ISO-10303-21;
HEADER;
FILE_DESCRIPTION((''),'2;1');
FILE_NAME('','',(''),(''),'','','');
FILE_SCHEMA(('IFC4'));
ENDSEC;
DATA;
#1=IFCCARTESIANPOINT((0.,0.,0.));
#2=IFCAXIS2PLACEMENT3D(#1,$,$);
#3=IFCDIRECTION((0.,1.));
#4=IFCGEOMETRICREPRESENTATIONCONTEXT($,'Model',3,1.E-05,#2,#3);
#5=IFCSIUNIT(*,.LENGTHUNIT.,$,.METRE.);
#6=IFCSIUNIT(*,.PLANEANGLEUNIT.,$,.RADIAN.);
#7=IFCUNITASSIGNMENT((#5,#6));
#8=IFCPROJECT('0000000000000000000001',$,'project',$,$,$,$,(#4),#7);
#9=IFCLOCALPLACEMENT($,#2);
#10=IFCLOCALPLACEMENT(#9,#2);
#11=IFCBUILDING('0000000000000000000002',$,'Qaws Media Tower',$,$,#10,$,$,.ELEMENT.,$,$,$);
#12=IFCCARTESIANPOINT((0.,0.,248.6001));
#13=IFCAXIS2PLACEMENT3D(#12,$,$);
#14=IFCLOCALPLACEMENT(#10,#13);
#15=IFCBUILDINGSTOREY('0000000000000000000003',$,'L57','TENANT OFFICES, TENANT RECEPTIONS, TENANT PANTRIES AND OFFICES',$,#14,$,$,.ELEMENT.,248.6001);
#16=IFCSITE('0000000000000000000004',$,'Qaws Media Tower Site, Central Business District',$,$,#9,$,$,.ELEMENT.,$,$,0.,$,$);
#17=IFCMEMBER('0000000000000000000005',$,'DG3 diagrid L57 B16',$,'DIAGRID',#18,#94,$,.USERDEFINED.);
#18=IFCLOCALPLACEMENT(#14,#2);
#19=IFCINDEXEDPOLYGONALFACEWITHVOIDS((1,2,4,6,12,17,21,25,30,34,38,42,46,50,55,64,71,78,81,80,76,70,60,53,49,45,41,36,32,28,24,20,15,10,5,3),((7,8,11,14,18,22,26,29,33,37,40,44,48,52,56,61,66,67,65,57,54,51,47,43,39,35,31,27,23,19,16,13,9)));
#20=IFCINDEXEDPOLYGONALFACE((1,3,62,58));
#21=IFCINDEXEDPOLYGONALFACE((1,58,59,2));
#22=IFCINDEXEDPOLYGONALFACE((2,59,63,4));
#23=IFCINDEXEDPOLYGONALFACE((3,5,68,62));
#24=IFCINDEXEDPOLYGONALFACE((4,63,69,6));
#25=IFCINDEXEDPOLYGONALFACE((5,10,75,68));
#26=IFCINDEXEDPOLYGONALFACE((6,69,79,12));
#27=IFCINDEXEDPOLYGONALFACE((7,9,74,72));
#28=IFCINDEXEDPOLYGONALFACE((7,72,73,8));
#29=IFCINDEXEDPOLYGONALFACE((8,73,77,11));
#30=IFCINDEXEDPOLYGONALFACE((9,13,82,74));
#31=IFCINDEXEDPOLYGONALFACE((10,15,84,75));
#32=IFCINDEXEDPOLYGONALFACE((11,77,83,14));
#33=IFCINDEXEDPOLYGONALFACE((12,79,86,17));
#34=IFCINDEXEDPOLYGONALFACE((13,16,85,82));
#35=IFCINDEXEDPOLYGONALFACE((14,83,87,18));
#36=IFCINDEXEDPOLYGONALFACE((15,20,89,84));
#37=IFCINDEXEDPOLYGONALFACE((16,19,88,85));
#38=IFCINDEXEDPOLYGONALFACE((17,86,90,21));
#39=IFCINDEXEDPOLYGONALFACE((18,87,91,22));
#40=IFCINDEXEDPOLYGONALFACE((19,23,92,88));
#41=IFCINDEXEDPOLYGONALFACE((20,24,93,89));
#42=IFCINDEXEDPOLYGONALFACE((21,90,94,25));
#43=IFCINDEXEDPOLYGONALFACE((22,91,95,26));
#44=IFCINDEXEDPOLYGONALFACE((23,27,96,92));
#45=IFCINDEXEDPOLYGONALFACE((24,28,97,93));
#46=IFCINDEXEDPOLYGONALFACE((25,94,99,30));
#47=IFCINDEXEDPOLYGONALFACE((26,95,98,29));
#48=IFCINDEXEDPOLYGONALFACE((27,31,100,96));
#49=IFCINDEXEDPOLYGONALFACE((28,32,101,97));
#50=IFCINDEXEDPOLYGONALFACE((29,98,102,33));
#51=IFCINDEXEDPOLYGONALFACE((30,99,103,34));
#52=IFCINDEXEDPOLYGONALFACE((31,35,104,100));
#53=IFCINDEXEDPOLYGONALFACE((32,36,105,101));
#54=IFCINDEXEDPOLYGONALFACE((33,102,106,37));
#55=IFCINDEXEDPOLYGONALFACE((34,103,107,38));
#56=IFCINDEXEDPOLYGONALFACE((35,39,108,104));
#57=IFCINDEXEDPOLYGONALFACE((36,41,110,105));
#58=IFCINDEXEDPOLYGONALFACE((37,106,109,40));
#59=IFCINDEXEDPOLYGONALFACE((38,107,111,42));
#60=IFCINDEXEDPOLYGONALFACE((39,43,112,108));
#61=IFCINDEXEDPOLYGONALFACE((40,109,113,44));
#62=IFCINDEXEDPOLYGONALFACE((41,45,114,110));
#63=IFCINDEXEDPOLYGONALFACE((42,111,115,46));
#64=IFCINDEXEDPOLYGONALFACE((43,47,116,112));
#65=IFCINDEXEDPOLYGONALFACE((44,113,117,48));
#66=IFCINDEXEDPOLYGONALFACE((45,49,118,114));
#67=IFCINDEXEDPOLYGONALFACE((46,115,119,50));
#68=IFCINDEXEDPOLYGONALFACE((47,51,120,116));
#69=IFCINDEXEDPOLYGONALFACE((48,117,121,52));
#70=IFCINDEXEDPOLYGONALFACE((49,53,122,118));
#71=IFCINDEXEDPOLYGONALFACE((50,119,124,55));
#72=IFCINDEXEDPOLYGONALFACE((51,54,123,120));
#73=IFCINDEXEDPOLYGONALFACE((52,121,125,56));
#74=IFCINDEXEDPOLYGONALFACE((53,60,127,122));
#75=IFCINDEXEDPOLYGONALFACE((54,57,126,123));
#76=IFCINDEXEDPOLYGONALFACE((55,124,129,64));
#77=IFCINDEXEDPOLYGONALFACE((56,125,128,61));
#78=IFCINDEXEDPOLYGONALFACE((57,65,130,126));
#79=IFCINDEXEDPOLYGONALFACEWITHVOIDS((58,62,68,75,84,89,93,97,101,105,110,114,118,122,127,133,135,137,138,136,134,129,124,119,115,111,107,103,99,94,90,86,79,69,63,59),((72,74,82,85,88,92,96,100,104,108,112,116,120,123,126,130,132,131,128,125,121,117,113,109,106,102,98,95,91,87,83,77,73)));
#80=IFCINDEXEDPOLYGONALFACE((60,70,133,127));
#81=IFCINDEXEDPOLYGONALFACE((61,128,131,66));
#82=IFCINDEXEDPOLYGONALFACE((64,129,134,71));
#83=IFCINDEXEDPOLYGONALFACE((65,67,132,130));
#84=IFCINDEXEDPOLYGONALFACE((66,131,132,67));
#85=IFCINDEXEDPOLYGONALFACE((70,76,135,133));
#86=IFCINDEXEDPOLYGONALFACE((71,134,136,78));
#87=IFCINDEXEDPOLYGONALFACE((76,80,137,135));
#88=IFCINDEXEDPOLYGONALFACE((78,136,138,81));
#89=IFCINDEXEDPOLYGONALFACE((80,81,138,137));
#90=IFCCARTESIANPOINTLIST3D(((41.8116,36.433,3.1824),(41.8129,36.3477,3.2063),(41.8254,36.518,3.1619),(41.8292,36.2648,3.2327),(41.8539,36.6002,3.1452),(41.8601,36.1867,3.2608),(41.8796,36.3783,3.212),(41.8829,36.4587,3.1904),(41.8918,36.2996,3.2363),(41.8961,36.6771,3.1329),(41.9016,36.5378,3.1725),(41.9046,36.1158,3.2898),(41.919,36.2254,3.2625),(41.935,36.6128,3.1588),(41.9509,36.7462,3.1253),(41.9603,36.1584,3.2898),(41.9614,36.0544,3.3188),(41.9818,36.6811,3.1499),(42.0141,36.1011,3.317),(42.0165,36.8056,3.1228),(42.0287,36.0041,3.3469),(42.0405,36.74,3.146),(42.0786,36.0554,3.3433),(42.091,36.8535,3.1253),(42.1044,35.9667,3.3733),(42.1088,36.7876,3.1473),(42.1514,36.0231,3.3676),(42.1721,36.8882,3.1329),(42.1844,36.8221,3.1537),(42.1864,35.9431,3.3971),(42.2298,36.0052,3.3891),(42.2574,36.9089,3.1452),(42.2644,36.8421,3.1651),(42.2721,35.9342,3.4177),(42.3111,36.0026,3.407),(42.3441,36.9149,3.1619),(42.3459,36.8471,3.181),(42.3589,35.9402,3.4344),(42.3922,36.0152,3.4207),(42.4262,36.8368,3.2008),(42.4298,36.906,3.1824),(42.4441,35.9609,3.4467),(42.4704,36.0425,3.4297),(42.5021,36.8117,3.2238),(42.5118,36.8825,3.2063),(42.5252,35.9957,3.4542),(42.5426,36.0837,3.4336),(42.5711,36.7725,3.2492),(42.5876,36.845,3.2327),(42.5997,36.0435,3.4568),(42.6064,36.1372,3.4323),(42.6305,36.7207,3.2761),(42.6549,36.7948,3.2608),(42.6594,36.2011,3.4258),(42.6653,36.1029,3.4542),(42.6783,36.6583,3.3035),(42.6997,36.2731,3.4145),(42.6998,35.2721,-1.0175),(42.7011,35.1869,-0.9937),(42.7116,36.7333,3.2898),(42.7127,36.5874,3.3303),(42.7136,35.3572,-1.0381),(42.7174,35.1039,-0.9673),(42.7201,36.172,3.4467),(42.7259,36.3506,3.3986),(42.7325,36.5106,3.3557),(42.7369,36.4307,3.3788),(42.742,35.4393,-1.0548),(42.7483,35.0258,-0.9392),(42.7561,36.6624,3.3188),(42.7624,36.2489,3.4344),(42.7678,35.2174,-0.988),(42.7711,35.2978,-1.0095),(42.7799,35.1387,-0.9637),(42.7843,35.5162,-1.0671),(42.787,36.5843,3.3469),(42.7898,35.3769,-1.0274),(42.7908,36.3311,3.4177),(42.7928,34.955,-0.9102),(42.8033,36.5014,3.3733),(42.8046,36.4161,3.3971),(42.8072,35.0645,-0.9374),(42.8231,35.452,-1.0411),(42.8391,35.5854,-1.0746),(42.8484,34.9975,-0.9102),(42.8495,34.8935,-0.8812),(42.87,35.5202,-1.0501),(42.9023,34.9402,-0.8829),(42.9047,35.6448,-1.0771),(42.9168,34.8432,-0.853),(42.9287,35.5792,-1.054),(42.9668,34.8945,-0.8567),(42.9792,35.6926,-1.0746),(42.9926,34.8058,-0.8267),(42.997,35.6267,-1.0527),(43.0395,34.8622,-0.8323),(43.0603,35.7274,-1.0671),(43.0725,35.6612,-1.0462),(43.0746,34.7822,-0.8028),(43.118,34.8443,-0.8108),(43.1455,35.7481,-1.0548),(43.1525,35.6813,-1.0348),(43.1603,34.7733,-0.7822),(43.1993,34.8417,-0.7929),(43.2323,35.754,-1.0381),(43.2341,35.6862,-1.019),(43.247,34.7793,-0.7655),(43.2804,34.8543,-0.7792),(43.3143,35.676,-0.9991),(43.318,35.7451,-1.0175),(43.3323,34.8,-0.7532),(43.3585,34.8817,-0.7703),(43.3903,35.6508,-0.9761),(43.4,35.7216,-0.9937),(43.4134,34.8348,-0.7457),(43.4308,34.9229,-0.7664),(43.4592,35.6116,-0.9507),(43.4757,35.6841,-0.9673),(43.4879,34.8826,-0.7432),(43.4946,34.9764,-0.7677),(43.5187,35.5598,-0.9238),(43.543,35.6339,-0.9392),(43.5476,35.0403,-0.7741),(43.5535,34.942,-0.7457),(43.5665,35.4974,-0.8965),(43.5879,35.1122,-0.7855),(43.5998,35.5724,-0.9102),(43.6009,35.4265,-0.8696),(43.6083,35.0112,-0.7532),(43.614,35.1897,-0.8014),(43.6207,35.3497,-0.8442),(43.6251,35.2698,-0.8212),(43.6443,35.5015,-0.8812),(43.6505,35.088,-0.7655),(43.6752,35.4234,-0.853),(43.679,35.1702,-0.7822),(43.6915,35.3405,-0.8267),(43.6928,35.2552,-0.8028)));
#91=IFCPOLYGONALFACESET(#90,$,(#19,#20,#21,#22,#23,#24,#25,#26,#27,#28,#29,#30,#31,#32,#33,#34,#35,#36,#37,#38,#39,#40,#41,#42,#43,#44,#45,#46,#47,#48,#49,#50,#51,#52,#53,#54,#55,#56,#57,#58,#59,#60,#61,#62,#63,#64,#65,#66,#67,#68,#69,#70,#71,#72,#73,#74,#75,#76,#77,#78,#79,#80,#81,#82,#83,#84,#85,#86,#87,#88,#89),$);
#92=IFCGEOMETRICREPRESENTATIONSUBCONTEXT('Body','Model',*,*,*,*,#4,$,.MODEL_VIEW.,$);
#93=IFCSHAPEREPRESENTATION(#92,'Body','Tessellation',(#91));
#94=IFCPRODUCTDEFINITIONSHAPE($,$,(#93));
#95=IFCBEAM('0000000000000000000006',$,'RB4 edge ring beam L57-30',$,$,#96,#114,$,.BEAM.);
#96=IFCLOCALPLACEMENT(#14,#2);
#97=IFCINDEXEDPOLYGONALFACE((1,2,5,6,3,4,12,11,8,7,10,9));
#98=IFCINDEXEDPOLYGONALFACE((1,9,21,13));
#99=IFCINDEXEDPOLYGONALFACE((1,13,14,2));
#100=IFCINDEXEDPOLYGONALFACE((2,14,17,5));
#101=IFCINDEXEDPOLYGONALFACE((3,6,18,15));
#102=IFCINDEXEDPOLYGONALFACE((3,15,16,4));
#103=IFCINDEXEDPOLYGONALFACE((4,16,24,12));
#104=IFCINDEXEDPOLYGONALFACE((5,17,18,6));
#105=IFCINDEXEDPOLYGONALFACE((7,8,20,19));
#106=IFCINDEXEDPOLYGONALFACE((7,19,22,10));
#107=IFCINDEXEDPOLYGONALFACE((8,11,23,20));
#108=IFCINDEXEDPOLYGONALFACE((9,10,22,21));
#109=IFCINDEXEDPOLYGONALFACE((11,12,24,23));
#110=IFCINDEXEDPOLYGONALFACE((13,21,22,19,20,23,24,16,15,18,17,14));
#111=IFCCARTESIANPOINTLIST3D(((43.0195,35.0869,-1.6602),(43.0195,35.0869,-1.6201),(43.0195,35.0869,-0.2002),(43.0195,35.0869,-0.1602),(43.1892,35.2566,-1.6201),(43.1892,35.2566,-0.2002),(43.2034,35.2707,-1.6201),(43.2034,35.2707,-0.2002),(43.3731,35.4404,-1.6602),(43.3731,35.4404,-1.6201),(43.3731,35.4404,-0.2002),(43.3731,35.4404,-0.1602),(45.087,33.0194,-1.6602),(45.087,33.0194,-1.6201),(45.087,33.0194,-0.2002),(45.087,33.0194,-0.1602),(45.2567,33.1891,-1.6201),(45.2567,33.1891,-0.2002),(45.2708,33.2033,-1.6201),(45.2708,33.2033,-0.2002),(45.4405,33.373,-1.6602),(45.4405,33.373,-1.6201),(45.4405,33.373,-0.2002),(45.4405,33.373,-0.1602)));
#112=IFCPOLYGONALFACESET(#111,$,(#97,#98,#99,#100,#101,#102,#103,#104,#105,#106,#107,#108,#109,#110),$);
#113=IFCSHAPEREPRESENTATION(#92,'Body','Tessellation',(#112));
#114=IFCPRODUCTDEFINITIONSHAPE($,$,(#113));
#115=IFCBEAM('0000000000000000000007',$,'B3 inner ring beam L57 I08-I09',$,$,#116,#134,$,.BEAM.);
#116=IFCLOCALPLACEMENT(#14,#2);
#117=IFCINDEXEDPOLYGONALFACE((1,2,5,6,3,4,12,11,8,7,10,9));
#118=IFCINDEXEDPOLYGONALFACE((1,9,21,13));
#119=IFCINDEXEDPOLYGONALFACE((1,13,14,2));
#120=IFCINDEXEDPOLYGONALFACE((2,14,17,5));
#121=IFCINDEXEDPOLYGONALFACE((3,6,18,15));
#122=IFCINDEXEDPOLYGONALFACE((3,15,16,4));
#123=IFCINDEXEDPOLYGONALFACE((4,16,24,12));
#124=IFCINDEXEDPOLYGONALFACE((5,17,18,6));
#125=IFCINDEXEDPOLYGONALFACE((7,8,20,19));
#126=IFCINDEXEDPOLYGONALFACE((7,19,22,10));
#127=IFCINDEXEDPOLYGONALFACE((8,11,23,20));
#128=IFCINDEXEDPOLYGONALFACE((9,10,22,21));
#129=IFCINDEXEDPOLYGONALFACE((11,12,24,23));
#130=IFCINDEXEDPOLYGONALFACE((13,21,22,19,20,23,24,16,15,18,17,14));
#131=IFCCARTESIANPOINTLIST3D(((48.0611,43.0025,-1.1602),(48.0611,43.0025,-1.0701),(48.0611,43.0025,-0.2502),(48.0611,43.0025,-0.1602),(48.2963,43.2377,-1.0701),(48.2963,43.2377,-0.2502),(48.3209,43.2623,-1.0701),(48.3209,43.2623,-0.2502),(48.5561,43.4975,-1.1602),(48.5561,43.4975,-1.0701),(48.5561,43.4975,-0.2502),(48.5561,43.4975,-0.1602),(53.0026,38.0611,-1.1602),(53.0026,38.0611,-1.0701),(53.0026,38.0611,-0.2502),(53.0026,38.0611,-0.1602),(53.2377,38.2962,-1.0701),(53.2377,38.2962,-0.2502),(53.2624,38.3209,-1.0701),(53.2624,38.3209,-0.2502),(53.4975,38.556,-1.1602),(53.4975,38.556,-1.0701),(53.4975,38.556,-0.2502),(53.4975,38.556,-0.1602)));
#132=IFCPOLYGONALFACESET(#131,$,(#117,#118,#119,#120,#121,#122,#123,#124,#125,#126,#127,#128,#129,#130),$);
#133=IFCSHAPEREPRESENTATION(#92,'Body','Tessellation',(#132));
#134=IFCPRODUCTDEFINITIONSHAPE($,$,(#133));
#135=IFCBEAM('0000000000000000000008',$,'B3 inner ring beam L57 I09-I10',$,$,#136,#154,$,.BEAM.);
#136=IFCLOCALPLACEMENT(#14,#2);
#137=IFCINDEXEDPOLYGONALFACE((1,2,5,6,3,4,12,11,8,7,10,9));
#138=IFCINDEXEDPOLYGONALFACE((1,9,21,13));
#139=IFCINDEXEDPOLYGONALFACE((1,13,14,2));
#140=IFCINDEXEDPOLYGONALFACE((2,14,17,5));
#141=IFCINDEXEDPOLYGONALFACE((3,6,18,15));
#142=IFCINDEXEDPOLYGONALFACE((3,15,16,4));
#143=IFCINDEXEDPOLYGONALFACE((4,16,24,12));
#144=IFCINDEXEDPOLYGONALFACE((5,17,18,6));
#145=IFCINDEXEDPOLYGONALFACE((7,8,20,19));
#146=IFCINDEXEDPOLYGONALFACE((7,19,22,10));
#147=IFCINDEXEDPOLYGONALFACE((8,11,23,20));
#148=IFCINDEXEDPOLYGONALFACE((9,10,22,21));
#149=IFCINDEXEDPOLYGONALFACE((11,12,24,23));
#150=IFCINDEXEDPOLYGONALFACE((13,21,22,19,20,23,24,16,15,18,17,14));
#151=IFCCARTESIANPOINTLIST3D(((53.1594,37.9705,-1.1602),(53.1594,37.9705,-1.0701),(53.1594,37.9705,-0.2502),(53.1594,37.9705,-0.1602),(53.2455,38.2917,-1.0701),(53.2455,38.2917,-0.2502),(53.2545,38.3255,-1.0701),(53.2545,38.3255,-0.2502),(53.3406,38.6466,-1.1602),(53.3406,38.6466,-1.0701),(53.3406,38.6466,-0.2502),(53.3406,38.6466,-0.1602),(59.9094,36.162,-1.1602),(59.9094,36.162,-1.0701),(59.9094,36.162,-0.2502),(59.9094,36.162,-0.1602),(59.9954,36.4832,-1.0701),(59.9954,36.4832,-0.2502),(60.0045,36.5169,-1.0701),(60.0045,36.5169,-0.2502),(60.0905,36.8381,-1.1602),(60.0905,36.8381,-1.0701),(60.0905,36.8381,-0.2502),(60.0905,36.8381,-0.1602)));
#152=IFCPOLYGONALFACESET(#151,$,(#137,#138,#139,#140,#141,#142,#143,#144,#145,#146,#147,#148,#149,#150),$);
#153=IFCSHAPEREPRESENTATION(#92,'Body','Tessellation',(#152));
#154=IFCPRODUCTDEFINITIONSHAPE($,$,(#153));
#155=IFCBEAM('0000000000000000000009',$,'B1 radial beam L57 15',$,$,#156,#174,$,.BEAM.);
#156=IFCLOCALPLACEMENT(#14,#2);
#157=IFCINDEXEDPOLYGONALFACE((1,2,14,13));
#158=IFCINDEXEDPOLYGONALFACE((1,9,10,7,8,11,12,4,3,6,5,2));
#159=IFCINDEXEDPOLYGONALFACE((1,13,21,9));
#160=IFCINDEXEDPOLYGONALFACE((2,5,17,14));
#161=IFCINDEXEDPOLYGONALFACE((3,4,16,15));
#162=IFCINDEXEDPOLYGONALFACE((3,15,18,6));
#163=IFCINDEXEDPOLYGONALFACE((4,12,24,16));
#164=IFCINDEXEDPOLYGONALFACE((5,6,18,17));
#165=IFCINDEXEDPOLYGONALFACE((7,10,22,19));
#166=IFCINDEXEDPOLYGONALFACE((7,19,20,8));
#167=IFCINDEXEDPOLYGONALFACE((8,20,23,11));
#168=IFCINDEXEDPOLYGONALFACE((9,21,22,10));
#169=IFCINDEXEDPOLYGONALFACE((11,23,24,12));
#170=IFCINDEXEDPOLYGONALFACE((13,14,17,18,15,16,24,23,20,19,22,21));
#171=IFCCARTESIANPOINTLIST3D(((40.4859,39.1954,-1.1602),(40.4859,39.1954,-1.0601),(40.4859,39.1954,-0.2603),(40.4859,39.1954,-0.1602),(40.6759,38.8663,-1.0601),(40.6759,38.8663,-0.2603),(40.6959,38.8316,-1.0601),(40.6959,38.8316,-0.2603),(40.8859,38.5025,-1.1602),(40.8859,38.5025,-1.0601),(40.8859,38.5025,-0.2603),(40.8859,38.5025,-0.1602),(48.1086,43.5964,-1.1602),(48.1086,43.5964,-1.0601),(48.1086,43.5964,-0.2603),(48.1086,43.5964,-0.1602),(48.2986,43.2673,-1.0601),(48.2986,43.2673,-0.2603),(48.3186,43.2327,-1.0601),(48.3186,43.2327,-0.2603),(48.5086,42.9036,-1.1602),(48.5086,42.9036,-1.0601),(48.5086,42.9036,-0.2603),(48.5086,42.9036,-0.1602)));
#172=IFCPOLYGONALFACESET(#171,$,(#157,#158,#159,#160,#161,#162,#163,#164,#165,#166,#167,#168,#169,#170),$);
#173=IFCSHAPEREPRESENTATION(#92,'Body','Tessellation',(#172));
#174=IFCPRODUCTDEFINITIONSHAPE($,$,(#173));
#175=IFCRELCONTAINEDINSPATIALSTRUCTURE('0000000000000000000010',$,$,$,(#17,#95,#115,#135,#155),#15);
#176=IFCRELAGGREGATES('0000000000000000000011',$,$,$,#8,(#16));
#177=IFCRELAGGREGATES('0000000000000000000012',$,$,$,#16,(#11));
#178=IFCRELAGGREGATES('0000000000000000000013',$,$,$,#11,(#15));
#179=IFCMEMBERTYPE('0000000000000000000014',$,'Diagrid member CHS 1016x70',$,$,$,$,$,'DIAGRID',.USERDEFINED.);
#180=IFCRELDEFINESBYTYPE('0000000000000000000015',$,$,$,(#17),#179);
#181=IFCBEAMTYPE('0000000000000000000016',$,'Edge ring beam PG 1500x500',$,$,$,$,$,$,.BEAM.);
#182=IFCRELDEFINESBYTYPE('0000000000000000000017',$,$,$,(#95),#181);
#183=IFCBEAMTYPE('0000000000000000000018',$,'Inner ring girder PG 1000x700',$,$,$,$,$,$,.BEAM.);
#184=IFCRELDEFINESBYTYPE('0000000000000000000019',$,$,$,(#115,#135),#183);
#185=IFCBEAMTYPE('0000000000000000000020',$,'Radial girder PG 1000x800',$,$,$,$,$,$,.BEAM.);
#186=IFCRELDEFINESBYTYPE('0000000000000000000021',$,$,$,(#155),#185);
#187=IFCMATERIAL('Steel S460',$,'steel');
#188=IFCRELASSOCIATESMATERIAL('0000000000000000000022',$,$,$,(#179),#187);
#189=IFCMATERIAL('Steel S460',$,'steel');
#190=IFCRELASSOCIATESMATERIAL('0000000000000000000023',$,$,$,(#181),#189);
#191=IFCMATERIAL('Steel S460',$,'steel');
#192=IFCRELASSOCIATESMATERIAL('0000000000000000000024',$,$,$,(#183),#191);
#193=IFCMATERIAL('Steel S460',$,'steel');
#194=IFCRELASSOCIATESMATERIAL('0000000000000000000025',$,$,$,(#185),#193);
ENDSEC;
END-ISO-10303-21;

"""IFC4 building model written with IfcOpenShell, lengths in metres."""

from ifc_helpers import new_model, si_unit, direction, frame, origin, origin_2d, place, context, subcontext, project, spatial, hollow_circle, i_section, extrude, material, material_profile, profile_set, type_object, element, save


model = new_model("IFC4")

# Units and contexts
model_context = context("Model", 3, precision=1e-05, world=origin(), true_north=direction((0.0, 1.0)))
body_context = subcontext(model_context, "Body", "Model", "MODEL_VIEW")
ifc_project = project(units=[si_unit("LENGTHUNIT", "METRE"), si_unit("PLANEANGLEUNIT", "RADIAN")], contexts=[model_context])

# Site, building, storey
site_placement = place(None, origin())
site = spatial("IfcSite", under=ifc_project, at=site_placement, Name="Qaws Media Tower Site, Central Business District", CompositionType="ELEMENT", RefElevation=0.0)
building_placement = place(site_placement, origin())
building = spatial("IfcBuilding", under=site, at=building_placement, Name="Qaws Media Tower", CompositionType="ELEMENT")
storey_placement = place(building_placement, frame((0.0, 0.0, 248.6001)))
storey = spatial("IfcBuildingStorey", under=building, at=storey_placement, Name="L57", Description="TENANT OFFICES, TENANT RECEPTIONS, TENANT PANTRIES AND OFFICES", CompositionType="ELEMENT", Elevation=248.6001)

# Member
ifc_material_1 = material(Name="Steel S460", Category="steel")
ifc_material_profile_1 = material_profile(ifc_material_1, hollow_circle(Radius=0.5081, WallThickness=0.0701, at=origin_2d()), Name="CHS 1016x70")
ifc_profile_set_1 = profile_set([ifc_material_profile_1], Name="Steel S460")
member_type_1 = type_object("IfcMemberType", Name="Diagrid member CHS 1016x70", ElementType="DIAGRID", PredefinedType="USERDEFINED", material=ifc_profile_set_1)
member_1_placement = place(storey_placement, frame((43.1963, 35.2637, -0.9102), z_axis=(-0.199725, 0.261048, 0.944438), x_axis=(-0.794211, -0.607642, 0.0)))
element("IfcMember", 1, at=member_1_placement, inside=storey, type_object=member_type_1, Name="DG3 diagrid L57 B16", ObjectType="DIAGRID", PredefinedType="USERDEFINED", context=body_context, shape_type="SweptSolid", body=[
    extrude(hollow_circle(Radius=0.5081, WallThickness=0.0701, at=origin_2d()), origin(), (0.0, 0.0, 1.0), 4.447),
])

# Beams
ifc_material_2 = material(Name="Steel S460", Category="steel")
ifc_material_profile_2 = material_profile(ifc_material_2, i_section(OverallWidth=0.5, OverallDepth=1.5, WebThickness=0.02, FlangeThickness=0.04, at=origin_2d()), Name="PG 1500x500")
ifc_profile_set_2 = profile_set([ifc_material_profile_2], Name="Steel S460")
beam_type_1 = type_object("IfcBeamType", Name="Edge ring beam PG 1500x500", PredefinedType="BEAM", material=ifc_profile_set_2)
beam_1_placement = place(storey_placement, frame((43.1963, 35.2637, -0.9102), z_axis=(0.707107, -0.707107, 0.0), x_axis=(0.707107, 0.707107, 0.0)))
element("IfcBeam", 2, at=beam_1_placement, inside=storey, type_object=beam_type_1, Name="RB4 edge ring beam L57-30", PredefinedType="BEAM", context=body_context, shape_type="SweptSolid", body=[
    extrude(i_section(OverallWidth=0.5, OverallDepth=1.5, WebThickness=0.02, FlangeThickness=0.04, at=origin_2d()), origin(), (0.0, 0.0, 1.0), 2.9238),
])
ifc_material_3 = material(Name="Steel S460", Category="steel")
ifc_material_profile_3 = material_profile(ifc_material_3, i_section(OverallWidth=0.7, OverallDepth=1.0, WebThickness=0.0349, FlangeThickness=0.0901, at=origin_2d()), Name="PG 1000x700")
ifc_profile_set_3 = profile_set([ifc_material_profile_3], Name="Steel S460")
beam_type_2 = type_object("IfcBeamType", Name="Inner ring girder PG 1000x700", PredefinedType="BEAM", material=ifc_profile_set_3)
beam_2_placement = place(storey_placement, frame((48.3086, 43.25, -0.6602), z_axis=(0.707107, -0.707107, 0.0), x_axis=(0.707107, 0.707107, 0.0)))
element("IfcBeam", 3, at=beam_2_placement, inside=storey, type_object=beam_type_2, Name="B3 inner ring beam L57 I08-I09", PredefinedType="BEAM", context=body_context, shape_type="SweptSolid", body=[
    extrude(i_section(OverallWidth=0.7, OverallDepth=1.0, WebThickness=0.0349, FlangeThickness=0.0901, at=origin_2d()), origin(), (0.0, 0.0, 1.0), 6.9883),
])
beam_3_placement = place(storey_placement, frame((53.25, 38.3086, -0.6602), z_axis=(0.965928, -0.258811, 0.0), x_axis=(0.258811, 0.965928, 0.0)))
element("IfcBeam", 4, at=beam_3_placement, inside=storey, type_object=beam_type_2, Name="B3 inner ring beam L57 I09-I10", PredefinedType="BEAM", context=body_context, shape_type="SweptSolid", body=[
    extrude(i_section(OverallWidth=0.7, OverallDepth=1.0, WebThickness=0.0349, FlangeThickness=0.0901, at=origin_2d()), origin(), (0.0, 0.0, 1.0), 6.988),
])
ifc_material_4 = material(Name="Steel S460", Category="steel")
ifc_material_profile_4 = material_profile(ifc_material_4, i_section(OverallWidth=0.8, OverallDepth=1.0, WebThickness=0.04, FlangeThickness=0.1001, at=origin_2d()), Name="PG 1000x800")
ifc_profile_set_4 = profile_set([ifc_material_profile_4], Name="Steel S460")
beam_type_3 = type_object("IfcBeamType", Name="Radial girder PG 1000x800", PredefinedType="BEAM", material=ifc_profile_set_4)
beam_4_placement = place(storey_placement, frame((48.3086, 43.25, -0.6602), z_axis=(-0.866021, -0.500008, 0.0), x_axis=(0.500008, -0.866021, 0.0)))
element("IfcBeam", 5, at=beam_4_placement, inside=storey, type_object=beam_type_3, Name="B1 radial beam L57 15", PredefinedType="BEAM", context=body_context, shape_type="SweptSolid", body=[
    extrude(i_section(OverallWidth=0.8, OverallDepth=1.0, WebThickness=0.04, FlangeThickness=0.1001, at=origin_2d()), origin(), (0.0, 0.0, 1.0), 8.802),
])

save(model, "model.ifc")
